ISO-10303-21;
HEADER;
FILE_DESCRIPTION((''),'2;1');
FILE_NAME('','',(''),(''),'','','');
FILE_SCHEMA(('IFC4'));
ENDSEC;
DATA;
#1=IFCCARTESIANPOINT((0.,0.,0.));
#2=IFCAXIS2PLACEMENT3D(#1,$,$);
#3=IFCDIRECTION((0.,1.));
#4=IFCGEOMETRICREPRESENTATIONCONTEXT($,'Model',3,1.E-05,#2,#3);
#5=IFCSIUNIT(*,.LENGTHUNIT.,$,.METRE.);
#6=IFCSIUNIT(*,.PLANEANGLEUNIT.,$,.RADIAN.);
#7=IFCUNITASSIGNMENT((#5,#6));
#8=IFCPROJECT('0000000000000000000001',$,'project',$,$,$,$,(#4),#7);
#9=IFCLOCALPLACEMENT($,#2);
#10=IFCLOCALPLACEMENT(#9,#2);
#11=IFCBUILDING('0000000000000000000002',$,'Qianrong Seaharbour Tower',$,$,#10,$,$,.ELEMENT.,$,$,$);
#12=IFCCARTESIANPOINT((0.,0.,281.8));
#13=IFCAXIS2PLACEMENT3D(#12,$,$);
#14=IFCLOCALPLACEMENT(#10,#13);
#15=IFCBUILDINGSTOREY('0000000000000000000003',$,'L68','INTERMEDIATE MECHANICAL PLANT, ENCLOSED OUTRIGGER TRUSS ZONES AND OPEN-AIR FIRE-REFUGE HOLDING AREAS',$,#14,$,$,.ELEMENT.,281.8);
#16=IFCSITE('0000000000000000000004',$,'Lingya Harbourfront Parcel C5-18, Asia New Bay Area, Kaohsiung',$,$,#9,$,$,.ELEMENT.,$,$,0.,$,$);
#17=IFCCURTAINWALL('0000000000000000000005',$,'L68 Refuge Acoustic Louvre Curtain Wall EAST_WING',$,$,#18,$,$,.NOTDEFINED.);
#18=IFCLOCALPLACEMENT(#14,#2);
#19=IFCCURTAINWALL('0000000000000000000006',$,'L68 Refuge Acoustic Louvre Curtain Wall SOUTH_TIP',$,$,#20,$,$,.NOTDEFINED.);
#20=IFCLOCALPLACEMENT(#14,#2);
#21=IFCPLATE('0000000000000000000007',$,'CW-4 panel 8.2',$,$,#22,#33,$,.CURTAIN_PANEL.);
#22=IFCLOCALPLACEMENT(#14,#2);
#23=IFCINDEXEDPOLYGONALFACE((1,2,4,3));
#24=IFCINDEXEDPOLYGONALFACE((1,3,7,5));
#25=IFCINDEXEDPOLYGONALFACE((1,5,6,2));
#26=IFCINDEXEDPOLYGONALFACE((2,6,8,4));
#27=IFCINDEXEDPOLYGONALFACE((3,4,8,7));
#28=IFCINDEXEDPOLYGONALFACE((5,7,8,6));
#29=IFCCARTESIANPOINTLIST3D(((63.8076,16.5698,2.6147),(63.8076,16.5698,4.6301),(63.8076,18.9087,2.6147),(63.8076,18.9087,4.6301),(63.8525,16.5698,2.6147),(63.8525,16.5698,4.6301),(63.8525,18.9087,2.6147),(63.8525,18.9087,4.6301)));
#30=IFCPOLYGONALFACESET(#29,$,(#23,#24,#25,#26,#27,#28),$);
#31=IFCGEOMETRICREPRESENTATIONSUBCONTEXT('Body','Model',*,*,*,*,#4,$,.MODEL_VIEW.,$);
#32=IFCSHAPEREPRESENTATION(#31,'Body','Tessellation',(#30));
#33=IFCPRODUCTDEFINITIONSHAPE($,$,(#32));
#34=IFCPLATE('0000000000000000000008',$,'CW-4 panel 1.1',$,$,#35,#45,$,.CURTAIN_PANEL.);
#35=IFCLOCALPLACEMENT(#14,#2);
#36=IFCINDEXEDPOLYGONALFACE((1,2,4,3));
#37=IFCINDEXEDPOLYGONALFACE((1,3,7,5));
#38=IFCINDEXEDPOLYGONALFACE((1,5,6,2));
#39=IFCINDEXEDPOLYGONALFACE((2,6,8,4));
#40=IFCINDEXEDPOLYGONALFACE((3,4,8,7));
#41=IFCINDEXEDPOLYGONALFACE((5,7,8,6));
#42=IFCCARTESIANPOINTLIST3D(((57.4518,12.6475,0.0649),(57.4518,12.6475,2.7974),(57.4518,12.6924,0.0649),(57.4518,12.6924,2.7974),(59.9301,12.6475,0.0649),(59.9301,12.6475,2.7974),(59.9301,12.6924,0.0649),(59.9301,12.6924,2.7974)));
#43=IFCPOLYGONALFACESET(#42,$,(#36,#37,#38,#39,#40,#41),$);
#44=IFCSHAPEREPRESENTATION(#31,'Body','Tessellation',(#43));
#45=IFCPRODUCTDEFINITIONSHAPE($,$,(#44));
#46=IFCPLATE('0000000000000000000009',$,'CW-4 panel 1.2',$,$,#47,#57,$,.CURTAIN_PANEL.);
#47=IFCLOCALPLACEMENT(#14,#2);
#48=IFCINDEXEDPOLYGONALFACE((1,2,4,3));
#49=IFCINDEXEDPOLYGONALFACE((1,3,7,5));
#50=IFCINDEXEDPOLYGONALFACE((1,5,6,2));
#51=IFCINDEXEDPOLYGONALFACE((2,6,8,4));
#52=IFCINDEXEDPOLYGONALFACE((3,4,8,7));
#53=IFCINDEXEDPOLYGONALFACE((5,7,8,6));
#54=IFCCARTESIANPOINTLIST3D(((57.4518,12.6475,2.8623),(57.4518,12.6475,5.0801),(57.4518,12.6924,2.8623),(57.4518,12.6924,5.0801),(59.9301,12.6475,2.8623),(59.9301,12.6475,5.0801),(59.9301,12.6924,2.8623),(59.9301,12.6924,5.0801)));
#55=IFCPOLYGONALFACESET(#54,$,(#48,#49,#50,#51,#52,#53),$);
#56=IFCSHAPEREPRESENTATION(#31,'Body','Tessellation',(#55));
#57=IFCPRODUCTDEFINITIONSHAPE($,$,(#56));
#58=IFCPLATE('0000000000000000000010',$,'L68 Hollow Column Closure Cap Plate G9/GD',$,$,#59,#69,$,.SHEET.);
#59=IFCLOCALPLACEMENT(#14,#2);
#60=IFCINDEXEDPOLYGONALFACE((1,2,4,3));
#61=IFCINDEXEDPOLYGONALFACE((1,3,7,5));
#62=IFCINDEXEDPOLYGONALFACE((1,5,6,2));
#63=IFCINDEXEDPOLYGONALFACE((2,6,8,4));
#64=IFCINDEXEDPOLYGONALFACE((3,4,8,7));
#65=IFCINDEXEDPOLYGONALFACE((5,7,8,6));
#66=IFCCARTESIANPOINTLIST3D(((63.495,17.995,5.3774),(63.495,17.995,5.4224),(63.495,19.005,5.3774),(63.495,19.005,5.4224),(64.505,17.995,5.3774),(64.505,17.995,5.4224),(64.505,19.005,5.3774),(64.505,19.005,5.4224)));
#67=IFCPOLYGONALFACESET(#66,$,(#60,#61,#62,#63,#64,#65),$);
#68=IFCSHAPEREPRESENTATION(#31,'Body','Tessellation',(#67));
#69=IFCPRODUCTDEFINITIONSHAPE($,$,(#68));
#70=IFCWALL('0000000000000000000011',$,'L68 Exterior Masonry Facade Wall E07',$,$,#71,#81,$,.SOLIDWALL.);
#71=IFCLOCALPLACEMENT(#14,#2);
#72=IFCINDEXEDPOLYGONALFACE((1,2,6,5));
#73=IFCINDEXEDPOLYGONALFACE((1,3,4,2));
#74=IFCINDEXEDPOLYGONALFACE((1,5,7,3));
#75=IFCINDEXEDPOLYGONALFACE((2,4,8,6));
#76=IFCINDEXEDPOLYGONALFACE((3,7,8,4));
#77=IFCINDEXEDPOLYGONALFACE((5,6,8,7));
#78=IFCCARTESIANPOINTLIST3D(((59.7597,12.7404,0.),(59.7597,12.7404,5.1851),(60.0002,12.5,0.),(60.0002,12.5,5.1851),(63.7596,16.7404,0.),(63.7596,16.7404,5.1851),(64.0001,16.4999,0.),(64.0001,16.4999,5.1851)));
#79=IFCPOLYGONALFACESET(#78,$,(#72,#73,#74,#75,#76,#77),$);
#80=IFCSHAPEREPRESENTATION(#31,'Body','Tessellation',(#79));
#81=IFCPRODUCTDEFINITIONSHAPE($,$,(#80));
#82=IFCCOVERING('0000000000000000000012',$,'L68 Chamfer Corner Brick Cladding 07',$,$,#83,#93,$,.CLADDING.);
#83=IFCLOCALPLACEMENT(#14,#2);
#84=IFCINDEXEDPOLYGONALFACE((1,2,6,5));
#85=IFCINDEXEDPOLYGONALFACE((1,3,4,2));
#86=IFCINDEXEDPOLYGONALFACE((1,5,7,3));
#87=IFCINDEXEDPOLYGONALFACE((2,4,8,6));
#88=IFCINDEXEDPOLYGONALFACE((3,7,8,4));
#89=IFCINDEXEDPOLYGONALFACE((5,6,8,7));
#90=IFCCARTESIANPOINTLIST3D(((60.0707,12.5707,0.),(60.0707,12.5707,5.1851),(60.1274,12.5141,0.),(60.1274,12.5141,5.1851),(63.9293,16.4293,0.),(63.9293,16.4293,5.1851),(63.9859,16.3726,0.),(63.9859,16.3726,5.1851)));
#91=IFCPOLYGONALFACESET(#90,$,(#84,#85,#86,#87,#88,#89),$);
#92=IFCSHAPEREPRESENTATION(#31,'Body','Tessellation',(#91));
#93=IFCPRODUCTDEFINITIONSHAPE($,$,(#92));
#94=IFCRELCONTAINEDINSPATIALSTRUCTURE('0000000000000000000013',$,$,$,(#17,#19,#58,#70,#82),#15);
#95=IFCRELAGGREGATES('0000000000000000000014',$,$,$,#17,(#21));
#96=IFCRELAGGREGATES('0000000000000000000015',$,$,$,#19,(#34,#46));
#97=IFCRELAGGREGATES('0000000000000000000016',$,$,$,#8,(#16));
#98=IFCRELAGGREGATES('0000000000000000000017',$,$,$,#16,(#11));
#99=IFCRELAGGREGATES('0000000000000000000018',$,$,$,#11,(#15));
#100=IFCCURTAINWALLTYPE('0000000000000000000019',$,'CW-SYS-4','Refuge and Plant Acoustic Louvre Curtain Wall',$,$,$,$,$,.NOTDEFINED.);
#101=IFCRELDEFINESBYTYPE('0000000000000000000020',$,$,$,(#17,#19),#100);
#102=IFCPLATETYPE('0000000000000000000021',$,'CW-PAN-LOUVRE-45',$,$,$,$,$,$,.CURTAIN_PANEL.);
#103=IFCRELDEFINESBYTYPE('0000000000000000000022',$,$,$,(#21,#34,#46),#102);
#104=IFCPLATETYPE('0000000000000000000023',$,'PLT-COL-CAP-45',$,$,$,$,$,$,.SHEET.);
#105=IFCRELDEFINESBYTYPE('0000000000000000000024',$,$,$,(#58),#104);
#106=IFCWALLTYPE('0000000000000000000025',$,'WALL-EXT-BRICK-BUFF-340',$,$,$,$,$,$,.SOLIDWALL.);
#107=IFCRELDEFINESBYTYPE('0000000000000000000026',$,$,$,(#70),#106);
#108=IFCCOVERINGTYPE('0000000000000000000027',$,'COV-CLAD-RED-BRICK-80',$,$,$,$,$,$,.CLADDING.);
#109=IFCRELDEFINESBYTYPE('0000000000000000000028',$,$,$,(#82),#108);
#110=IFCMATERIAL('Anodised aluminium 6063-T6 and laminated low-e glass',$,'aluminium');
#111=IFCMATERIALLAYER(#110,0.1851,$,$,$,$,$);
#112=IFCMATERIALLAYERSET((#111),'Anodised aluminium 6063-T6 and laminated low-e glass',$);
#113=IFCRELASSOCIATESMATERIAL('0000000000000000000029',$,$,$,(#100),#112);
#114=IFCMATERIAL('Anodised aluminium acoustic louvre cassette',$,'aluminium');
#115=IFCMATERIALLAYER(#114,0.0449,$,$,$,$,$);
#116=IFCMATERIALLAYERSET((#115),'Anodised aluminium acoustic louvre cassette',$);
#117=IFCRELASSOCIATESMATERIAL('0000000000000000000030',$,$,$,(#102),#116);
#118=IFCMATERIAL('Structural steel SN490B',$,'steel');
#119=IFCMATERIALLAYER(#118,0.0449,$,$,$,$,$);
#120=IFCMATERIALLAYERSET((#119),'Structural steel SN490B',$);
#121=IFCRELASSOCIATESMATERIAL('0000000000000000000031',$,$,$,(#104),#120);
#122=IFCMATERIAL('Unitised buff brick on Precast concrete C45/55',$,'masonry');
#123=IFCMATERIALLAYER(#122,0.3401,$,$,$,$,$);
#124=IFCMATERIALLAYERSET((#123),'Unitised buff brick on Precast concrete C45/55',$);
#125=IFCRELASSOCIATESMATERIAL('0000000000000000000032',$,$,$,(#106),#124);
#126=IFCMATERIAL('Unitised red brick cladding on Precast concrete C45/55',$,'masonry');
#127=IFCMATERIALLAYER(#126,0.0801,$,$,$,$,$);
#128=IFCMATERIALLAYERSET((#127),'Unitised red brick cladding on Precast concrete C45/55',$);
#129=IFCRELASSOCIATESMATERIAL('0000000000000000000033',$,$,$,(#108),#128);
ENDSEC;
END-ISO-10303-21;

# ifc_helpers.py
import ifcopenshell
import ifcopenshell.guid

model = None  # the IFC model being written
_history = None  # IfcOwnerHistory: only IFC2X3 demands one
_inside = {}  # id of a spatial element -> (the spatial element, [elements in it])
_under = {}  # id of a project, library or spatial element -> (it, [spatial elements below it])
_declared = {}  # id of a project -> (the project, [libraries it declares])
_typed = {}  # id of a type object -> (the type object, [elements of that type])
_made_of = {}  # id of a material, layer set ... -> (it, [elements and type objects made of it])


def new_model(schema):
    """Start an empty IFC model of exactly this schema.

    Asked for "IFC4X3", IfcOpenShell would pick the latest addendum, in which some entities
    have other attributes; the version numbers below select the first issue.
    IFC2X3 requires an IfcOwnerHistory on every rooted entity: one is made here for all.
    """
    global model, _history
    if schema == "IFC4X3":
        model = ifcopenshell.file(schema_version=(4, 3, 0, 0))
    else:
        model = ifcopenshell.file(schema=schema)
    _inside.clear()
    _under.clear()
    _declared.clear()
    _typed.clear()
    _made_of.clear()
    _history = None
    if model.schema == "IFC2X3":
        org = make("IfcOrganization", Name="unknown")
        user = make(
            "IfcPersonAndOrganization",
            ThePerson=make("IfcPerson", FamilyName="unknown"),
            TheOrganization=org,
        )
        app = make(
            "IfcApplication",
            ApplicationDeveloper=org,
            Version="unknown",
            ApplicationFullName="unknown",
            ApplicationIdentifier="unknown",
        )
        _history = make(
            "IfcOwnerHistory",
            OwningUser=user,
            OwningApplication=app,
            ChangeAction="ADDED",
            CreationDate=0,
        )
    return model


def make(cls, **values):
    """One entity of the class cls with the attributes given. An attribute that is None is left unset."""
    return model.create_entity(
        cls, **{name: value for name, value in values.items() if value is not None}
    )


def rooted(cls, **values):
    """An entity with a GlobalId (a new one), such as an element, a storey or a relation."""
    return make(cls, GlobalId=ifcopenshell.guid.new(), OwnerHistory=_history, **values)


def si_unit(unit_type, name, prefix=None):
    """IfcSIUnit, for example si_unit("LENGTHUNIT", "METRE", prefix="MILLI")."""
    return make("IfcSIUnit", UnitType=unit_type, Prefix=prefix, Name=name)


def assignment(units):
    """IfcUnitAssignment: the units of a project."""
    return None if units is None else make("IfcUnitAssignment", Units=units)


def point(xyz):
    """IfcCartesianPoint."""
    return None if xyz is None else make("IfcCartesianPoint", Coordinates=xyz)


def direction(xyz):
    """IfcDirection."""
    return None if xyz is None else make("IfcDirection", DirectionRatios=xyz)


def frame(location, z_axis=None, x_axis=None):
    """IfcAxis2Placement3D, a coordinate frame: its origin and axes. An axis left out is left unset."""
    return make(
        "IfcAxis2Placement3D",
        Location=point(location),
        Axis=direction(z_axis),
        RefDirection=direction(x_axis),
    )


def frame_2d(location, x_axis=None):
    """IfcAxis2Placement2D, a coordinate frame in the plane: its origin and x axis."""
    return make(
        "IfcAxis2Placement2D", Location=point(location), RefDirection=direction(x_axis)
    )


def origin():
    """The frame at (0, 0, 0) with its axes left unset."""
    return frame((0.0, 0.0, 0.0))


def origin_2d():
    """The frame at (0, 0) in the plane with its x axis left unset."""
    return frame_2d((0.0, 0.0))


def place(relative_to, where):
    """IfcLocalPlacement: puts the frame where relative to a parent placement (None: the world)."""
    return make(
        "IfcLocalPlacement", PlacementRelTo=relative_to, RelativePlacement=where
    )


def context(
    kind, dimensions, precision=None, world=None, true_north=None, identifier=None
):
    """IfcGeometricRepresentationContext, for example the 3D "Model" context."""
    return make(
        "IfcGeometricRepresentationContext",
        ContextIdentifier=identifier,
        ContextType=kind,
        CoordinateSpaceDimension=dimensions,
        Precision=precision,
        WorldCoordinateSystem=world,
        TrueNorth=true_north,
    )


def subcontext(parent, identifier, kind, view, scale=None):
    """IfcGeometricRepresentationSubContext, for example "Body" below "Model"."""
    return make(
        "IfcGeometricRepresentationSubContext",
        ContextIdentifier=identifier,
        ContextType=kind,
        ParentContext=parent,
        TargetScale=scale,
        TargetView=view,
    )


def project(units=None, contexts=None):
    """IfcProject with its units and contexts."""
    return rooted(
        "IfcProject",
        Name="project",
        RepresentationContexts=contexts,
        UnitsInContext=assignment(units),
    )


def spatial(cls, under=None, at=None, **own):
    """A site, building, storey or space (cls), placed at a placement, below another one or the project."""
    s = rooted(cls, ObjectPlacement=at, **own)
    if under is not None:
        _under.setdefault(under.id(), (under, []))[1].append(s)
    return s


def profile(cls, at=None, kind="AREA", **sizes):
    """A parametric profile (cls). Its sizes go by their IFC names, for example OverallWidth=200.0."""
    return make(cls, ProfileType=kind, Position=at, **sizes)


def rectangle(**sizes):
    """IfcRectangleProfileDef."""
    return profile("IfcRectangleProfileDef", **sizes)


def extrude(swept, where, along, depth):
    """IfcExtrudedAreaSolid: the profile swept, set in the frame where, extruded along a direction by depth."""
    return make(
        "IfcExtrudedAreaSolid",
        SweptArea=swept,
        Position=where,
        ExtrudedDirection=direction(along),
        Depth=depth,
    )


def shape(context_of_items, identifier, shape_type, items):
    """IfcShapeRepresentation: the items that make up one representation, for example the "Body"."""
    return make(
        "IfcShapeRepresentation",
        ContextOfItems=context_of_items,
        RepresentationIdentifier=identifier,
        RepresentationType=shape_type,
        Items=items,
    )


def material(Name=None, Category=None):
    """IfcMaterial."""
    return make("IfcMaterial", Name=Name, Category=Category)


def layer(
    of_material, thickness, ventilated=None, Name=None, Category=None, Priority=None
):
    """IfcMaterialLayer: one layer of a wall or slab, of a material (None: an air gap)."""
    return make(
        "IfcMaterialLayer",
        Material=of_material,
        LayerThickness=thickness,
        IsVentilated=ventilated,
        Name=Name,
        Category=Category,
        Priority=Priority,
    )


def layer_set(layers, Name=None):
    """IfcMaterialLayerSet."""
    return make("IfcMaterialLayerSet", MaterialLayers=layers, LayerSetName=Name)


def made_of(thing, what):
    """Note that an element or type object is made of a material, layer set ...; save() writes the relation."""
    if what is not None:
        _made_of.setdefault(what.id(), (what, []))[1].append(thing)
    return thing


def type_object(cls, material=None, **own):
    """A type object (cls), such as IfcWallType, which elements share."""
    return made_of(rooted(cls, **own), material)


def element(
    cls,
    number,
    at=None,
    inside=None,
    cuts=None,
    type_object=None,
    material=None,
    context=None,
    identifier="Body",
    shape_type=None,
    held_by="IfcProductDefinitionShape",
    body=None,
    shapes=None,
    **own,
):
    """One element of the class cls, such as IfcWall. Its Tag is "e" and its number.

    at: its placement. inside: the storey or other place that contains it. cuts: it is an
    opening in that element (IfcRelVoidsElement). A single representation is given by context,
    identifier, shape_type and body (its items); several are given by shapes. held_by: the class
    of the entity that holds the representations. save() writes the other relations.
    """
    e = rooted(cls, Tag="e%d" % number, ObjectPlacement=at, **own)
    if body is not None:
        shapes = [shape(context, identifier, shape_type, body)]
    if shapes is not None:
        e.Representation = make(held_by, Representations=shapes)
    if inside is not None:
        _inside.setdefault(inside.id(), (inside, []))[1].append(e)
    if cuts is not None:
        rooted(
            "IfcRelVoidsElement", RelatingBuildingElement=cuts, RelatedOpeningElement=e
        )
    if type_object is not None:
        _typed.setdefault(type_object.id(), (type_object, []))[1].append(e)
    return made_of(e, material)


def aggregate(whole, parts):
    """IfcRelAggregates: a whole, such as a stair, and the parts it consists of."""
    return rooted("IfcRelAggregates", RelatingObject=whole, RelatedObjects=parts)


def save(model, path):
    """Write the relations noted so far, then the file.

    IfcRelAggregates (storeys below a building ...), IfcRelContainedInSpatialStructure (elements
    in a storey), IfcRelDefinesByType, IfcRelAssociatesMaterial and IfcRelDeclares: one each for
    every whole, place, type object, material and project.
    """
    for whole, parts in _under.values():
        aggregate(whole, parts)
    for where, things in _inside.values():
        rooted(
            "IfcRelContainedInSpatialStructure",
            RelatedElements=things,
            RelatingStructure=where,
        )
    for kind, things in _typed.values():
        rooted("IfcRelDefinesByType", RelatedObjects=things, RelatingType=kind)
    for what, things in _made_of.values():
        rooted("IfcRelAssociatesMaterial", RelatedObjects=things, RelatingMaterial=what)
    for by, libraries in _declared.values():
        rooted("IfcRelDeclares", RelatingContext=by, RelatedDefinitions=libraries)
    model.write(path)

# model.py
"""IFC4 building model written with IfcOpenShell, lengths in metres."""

from ifc_helpers import new_model, si_unit, direction, frame, frame_2d, origin, origin_2d, place, context, subcontext, project, spatial, rectangle, extrude, material, layer, layer_set, type_object, element, aggregate, save


model = new_model("IFC4")

# Units and contexts
model_context = context("Model", 3, precision=1e-05, world=origin(), true_north=direction((0.0, 1.0)))
body_context = subcontext(model_context, "Body", "Model", "MODEL_VIEW")
ifc_project = project(units=[si_unit("LENGTHUNIT", "METRE"), si_unit("PLANEANGLEUNIT", "RADIAN")], contexts=[model_context])

# Site, building, storey
site_placement = place(None, origin())
site = spatial("IfcSite", under=ifc_project, at=site_placement, Name="Lingya Harbourfront Parcel C5-18, Asia New Bay Area, Kaohsiung", CompositionType="ELEMENT", RefElevation=0.0)
building_placement = place(site_placement, origin())
building = spatial("IfcBuilding", under=site, at=building_placement, Name="Qianrong Seaharbour Tower", CompositionType="ELEMENT")
storey_placement = place(building_placement, frame((0.0, 0.0, 281.8)))
storey = spatial("IfcBuildingStorey", under=building, at=storey_placement, Name="L68", Description="INTERMEDIATE MECHANICAL PLANT, ENCLOSED OUTRIGGER TRUSS ZONES AND OPEN-AIR FIRE-REFUGE HOLDING AREAS", CompositionType="ELEMENT", Elevation=281.8)

# Shared definitions
ifc_material_1 = material(Name="Structural steel SN490B", Category="steel")

# Curtain wall
ifc_material_2 = material(Name="Anodised aluminium 6063-T6 and laminated low-e glass", Category="aluminium")
ifc_layer_1 = layer(ifc_material_2, 0.1851)
ifc_layer_set_1 = layer_set([ifc_layer_1], Name="Anodised aluminium 6063-T6 and laminated low-e glass")
curtain_wall_type = type_object("IfcCurtainWallType", Name="CW-SYS-4", Description="Refuge and Plant Acoustic Louvre Curtain Wall", PredefinedType="NOTDEFINED", material=ifc_layer_set_1)
curtain_wall_1_placement = place(storey_placement, origin())
curtain_wall_1 = element("IfcCurtainWall", 1, at=curtain_wall_1_placement, inside=storey, type_object=curtain_wall_type, Name="L68 Refuge Acoustic Louvre Curtain Wall EAST_WING", PredefinedType="NOTDEFINED")

# Curtain wall
curtain_wall_2_placement = place(storey_placement, origin())
curtain_wall_2 = element("IfcCurtainWall", 2, at=curtain_wall_2_placement, inside=storey, type_object=curtain_wall_type, Name="L68 Refuge Acoustic Louvre Curtain Wall SOUTH_TIP", PredefinedType="NOTDEFINED")

# Plates
ifc_material_3 = material(Name="Anodised aluminium acoustic louvre cassette", Category="aluminium")
ifc_layer_2 = layer(ifc_material_3, 0.0449)
ifc_layer_set_2 = layer_set([ifc_layer_2], Name="Anodised aluminium acoustic louvre cassette")
plate_type_1 = type_object("IfcPlateType", Name="CW-PAN-LOUVRE-45", PredefinedType="CURTAIN_PANEL", material=ifc_layer_set_2)
plate_1_placement = place(storey_placement, frame((63.8301, 17.7393, 2.6147), z_axis=(0.0, 0.0, 1.0), x_axis=(0.0, -1.0, 0.0)))
plate_1 = element("IfcPlate", 3, at=plate_1_placement, type_object=plate_type_1, Name="CW-4 panel 8.2", PredefinedType="CURTAIN_PANEL", context=body_context, shape_type="SweptSolid", body=[
    extrude(rectangle(XDim=2.3389, YDim=0.0449, at=origin_2d()), origin(), (0.0, 0.0, 1.0), 2.0154),
])
aggregate(curtain_wall_1, [plate_1])
plate_2_placement = place(storey_placement, frame((58.6909, 12.6699, 0.0649), z_axis=(0.0, 0.0, 1.0), x_axis=(-1.0, 0.0, 0.0)))
plate_2 = element("IfcPlate", 4, at=plate_2_placement, type_object=plate_type_1, Name="CW-4 panel 1.1", PredefinedType="CURTAIN_PANEL", context=body_context, shape_type="SweptSolid", body=[
    extrude(rectangle(XDim=2.4783, YDim=0.0449, at=origin_2d()), origin(), (0.0, 0.0, 1.0), 2.7324),
])
plate_3_placement = place(storey_placement, frame((58.6909, 12.6699, 2.8623), z_axis=(0.0, 0.0, 1.0), x_axis=(-1.0, 0.0, 0.0)))
plate_3 = element("IfcPlate", 5, at=plate_3_placement, type_object=plate_type_1, Name="CW-4 panel 1.2", PredefinedType="CURTAIN_PANEL", context=body_context, shape_type="SweptSolid", body=[
    extrude(rectangle(XDim=2.4783, YDim=0.0449, at=origin_2d()), origin(), (0.0, 0.0, 1.0), 2.2178),
])
aggregate(curtain_wall_2, [plate_2, plate_3])
ifc_layer_3 = layer(ifc_material_1, 0.0449)
ifc_layer_set_3 = layer_set([ifc_layer_3], Name="Structural steel SN490B")
plate_type_2 = type_object("IfcPlateType", Name="PLT-COL-CAP-45", PredefinedType="SHEET", material=ifc_layer_set_3)
plate_4_placement = place(storey_placement, frame((64.0, 18.5, 5.3774), z_axis=(0.0, 0.0, 1.0), x_axis=(1.0, 0.0, 0.0)))
element("IfcPlate", 6, at=plate_4_placement, inside=storey, type_object=plate_type_2, Name="L68 Hollow Column Closure Cap Plate G9/GD", PredefinedType="SHEET", context=body_context, shape_type="SweptSolid", body=[
    extrude(rectangle(XDim=1.01, YDim=1.01, at=origin_2d()), origin(), (0.0, 0.0, 1.0), 0.0449),
])

# Wall
ifc_material_4 = material(Name="Unitised buff brick on Precast concrete C45/55", Category="masonry")
ifc_layer_4 = layer(ifc_material_4, 0.3401)
ifc_layer_set_4 = layer_set([ifc_layer_4], Name="Unitised buff brick on Precast concrete C45/55")
wall_type = type_object("IfcWallType", Name="WALL-EXT-BRICK-BUFF-340", PredefinedType="SOLIDWALL", material=ifc_layer_set_4)
wall_placement = place(storey_placement, frame((63.8799, 16.6201, 0.0), z_axis=(0.0, 0.0, 1.0), x_axis=(-0.707107, -0.707107, 0.0)))
element("IfcWall", 7, at=wall_placement, inside=storey, type_object=wall_type, Name="L68 Exterior Masonry Facade Wall E07", PredefinedType="SOLIDWALL", context=body_context, shape_type="SweptSolid", body=[
    extrude(rectangle(XDim=5.6567, YDim=0.3401, at=frame_2d((2.8284, 0.0))), origin(), (0.0, 0.0, 1.0), 5.1851),
])

# Covering
ifc_material_5 = material(Name="Unitised red brick cladding on Precast concrete C45/55", Category="masonry")
ifc_layer_5 = layer(ifc_material_5, 0.0801)
ifc_layer_set_5 = layer_set([ifc_layer_5], Name="Unitised red brick cladding on Precast concrete C45/55")
covering_type = type_object("IfcCoveringType", Name="COV-CLAD-RED-BRICK-80", PredefinedType="CLADDING", material=ifc_layer_set_5)
covering_placement = place(storey_placement, frame((62.0283, 14.4717, 0.0), z_axis=(0.0, 0.0, 1.0), x_axis=(-0.707107, -0.707107, 0.0)))
element("IfcCovering", 8, at=covering_placement, inside=storey, type_object=covering_type, Name="L68 Chamfer Corner Brick Cladding 07", PredefinedType="CLADDING", context=body_context, shape_type="SweptSolid", body=[
    extrude(rectangle(XDim=5.4568, YDim=0.0801, at=origin_2d()), origin(), (0.0, 0.0, 1.0), 5.1851),
])

save(model, "model.ifc")
